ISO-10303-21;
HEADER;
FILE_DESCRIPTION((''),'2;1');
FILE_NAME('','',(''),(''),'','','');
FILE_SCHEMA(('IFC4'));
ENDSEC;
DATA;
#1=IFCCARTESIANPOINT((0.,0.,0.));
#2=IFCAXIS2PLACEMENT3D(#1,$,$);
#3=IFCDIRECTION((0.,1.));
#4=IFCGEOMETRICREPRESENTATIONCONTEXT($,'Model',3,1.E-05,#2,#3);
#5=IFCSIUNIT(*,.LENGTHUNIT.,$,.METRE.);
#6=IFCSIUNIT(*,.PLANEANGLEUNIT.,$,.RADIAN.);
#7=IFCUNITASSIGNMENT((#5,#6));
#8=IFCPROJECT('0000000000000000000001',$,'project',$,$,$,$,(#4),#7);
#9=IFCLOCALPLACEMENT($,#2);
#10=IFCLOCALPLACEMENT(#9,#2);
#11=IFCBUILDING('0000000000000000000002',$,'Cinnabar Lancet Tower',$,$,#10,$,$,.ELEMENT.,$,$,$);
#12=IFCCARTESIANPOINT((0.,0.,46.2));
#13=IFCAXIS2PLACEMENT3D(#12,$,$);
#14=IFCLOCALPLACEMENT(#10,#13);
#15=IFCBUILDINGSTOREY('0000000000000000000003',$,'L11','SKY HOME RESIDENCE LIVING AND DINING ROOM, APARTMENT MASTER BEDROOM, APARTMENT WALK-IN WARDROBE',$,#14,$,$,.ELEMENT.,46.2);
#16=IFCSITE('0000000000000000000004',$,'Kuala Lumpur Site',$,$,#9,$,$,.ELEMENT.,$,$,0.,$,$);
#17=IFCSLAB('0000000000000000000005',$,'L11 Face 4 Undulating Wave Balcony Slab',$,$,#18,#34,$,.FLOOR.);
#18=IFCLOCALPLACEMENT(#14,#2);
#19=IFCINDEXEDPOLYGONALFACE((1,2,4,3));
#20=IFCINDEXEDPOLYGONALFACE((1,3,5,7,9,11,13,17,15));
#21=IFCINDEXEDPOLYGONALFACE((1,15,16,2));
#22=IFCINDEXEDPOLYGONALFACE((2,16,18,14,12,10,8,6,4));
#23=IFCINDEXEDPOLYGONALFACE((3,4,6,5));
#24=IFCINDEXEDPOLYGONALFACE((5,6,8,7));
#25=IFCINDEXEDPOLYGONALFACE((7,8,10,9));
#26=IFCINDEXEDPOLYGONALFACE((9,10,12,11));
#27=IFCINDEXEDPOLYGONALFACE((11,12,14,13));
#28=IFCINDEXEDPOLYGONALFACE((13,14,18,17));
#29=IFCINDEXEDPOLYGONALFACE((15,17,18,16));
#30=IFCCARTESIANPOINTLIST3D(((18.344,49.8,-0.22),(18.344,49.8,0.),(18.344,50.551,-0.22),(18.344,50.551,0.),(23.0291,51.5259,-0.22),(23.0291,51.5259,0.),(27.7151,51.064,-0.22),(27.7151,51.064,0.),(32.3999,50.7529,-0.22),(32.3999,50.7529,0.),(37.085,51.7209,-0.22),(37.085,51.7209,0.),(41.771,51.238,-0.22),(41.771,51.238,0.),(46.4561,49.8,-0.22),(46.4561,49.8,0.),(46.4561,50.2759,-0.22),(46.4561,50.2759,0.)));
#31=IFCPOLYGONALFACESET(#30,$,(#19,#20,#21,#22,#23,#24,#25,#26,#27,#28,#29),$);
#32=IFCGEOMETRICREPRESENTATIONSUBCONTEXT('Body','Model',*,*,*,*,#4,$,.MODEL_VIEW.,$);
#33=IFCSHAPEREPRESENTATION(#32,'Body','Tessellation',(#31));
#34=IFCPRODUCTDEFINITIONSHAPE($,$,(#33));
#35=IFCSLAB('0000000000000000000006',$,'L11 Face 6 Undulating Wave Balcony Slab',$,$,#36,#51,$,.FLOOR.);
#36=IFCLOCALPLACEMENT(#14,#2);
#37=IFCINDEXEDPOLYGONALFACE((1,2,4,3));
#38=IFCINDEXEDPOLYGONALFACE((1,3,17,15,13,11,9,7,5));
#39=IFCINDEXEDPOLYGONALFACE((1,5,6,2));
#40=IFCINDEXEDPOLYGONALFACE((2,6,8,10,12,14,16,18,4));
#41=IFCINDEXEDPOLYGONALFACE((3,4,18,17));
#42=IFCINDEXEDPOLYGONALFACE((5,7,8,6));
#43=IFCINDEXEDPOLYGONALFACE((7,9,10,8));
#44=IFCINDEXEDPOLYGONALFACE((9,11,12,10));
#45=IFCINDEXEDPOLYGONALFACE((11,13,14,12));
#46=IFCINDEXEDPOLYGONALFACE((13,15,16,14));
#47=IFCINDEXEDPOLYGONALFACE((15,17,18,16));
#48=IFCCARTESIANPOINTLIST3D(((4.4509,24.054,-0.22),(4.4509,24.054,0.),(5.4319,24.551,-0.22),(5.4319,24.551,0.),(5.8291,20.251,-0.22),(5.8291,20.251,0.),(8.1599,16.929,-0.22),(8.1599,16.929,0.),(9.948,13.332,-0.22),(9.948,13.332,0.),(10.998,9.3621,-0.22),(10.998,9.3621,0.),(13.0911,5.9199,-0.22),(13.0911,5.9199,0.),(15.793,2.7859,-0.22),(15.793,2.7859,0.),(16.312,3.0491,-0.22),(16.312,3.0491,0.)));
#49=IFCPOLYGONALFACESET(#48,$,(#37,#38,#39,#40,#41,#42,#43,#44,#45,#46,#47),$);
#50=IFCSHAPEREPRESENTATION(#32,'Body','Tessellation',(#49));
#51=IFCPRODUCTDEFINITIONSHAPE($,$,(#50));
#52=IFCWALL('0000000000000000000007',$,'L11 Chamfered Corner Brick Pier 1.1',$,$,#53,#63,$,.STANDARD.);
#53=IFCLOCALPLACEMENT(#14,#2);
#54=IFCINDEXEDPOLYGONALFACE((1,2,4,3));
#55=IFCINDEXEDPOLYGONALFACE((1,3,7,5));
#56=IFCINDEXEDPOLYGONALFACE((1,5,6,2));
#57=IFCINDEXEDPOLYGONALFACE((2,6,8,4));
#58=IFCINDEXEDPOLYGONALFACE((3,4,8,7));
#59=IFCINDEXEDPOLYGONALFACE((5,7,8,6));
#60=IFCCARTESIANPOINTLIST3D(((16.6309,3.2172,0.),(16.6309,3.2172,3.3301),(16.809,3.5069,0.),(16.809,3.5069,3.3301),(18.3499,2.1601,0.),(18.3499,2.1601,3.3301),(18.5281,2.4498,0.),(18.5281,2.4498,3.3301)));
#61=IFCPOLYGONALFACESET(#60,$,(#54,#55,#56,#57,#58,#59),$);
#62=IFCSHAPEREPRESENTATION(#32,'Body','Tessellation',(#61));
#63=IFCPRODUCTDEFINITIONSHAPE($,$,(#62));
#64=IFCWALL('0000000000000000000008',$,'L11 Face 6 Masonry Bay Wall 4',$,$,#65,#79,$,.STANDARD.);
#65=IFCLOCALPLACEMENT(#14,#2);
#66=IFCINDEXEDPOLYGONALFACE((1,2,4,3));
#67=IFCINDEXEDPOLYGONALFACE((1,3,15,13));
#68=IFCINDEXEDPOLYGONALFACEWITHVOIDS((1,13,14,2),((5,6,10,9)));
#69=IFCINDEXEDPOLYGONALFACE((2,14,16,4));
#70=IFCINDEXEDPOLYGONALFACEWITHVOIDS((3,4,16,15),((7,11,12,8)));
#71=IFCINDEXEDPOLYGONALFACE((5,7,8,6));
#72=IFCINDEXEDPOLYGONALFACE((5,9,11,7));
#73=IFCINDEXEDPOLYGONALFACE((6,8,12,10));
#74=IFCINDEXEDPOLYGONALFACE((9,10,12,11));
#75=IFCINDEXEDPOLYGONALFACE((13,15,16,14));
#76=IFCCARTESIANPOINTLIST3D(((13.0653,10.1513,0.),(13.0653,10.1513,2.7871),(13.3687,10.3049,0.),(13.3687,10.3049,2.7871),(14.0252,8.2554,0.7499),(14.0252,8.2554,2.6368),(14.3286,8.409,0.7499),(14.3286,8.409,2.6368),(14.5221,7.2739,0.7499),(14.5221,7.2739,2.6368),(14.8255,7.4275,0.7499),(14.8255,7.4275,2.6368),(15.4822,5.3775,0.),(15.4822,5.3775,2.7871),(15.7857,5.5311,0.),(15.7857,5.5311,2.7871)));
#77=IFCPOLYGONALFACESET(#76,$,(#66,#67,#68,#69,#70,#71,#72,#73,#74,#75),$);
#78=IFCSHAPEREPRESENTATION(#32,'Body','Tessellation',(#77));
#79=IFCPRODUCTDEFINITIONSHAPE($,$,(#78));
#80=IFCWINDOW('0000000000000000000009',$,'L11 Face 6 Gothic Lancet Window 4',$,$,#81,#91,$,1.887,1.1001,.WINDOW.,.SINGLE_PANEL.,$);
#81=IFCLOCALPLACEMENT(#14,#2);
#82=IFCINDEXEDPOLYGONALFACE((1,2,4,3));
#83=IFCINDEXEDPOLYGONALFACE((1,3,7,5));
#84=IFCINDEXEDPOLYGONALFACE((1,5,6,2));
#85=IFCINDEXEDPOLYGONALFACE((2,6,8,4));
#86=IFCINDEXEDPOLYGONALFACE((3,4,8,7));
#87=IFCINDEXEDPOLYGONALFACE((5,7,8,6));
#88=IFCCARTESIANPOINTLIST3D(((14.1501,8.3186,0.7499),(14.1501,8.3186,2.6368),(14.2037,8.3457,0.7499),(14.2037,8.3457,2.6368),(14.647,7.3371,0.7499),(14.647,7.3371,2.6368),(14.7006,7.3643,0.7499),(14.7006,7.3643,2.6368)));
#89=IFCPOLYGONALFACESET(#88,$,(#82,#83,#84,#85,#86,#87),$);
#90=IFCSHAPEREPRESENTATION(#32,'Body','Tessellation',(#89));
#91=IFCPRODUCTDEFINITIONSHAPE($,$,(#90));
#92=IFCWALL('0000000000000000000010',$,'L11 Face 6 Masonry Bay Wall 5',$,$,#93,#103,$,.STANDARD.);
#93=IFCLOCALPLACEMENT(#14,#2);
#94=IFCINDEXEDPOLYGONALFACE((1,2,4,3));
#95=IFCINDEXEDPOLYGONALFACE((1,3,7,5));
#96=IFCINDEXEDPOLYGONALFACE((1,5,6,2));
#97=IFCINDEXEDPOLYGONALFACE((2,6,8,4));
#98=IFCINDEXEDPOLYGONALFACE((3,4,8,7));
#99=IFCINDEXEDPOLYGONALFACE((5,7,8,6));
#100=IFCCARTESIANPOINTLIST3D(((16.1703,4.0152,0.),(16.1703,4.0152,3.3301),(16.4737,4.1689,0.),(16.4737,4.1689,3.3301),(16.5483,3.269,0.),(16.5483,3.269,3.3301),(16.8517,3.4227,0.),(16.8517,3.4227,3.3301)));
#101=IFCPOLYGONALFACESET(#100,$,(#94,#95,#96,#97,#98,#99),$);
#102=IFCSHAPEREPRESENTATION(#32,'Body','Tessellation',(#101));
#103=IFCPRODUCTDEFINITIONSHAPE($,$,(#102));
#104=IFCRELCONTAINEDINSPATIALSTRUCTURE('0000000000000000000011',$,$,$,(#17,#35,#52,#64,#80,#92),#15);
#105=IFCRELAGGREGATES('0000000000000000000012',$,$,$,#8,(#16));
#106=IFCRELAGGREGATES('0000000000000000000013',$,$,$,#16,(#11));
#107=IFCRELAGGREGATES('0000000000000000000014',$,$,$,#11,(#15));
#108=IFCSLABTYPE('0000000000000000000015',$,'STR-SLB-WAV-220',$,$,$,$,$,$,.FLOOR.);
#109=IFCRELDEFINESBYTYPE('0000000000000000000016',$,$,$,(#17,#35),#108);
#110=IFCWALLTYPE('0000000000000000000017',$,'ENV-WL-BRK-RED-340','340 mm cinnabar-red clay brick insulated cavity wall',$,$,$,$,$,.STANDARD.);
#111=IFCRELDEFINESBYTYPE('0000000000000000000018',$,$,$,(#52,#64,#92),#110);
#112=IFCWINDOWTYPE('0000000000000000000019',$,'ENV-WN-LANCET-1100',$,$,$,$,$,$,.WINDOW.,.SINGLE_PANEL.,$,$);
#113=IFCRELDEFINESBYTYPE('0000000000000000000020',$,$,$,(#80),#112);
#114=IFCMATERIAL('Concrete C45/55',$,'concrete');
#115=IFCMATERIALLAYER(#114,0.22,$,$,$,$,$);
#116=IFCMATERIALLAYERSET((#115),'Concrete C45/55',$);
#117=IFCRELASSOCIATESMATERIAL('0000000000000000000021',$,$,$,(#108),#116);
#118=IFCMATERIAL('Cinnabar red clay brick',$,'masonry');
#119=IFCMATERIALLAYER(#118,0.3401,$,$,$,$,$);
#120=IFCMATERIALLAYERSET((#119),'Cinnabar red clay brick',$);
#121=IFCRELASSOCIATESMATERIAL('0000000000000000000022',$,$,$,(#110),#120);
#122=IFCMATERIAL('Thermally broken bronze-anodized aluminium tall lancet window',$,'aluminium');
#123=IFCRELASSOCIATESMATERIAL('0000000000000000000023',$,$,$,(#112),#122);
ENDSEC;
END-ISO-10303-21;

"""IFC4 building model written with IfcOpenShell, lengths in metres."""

from ifc_helpers import new_model, si_unit, direction, frame, frame_2d, origin, place, context, subcontext, project, spatial, polyline, rectangle, outline, extrude, material, layer, layer_set, type_object, element, fill, save


model = new_model("IFC4")

# Units and contexts
model_context = context("Model", 3, precision=1e-05, world=origin(), true_north=direction((0.0, 1.0)))
body_context = subcontext(model_context, "Body", "Model", "MODEL_VIEW")
ifc_project = project(units=[si_unit("LENGTHUNIT", "METRE"), si_unit("PLANEANGLEUNIT", "RADIAN")], contexts=[model_context])

# Site, building, storey
site_placement = place(None, origin())
site = spatial("IfcSite", under=ifc_project, at=site_placement, Name="Kuala Lumpur Site", CompositionType="ELEMENT", RefElevation=0.0)
building_placement = place(site_placement, origin())
building = spatial("IfcBuilding", under=site, at=building_placement, Name="Cinnabar Lancet Tower", CompositionType="ELEMENT")
storey_placement = place(building_placement, frame((0.0, 0.0, 46.2)))
storey = spatial("IfcBuildingStorey", under=building, at=storey_placement, Name="L11", Description="SKY HOME RESIDENCE LIVING AND DINING ROOM, APARTMENT MASTER BEDROOM, APARTMENT WALK-IN WARDROBE", CompositionType="ELEMENT", Elevation=46.2)

# Slabs
ifc_material_1 = material(Name="Concrete C45/55", Category="concrete")
ifc_layer_1 = layer(ifc_material_1, 0.22)
ifc_layer_set_1 = layer_set([ifc_layer_1], Name="Concrete C45/55")
slab_type_1 = type_object("IfcSlabType", Name="STR-SLB-WAV-220", PredefinedType="FLOOR", material=ifc_layer_set_1)
slab_1_placement = place(storey_placement, frame((0.0, 0.0, -0.22)))
element("IfcSlab", 1, at=slab_1_placement, inside=storey, type_object=slab_type_1, Name="L11 Face 4 Undulating Wave Balcony Slab", PredefinedType="FLOOR", context=body_context, shape_type="SweptSolid", body=[
    extrude(outline(polyline([(46.4561, 49.8), (46.4561, 50.2759), (41.771, 51.238), (37.085, 51.7209), (32.3999, 50.7529), (27.7151, 51.064), (23.0291, 51.5259), (18.344, 50.551), (18.344, 49.8), (46.4561, 49.8)])), origin(), (0.0, 0.0, 1.0), 0.22),
])
slab_2_placement = place(storey_placement, frame((0.0, 0.0, -0.22)))
element("IfcSlab", 2, at=slab_2_placement, inside=storey, type_object=slab_type_1, Name="L11 Face 6 Undulating Wave Balcony Slab", PredefinedType="FLOOR", context=body_context, shape_type="SweptSolid", body=[
    extrude(outline(polyline([(5.4319, 24.551), (4.4509, 24.054), (5.8291, 20.251), (8.1599, 16.929), (9.948, 13.332), (10.998, 9.3621), (13.0911, 5.9199), (15.793, 2.7859), (16.312, 3.0491), (5.4319, 24.551)])), origin(), (0.0, 0.0, 1.0), 0.22),
])

# Wall
ifc_material_2 = material(Name="Cinnabar red clay brick", Category="masonry")
ifc_layer_2 = layer(ifc_material_2, 0.3401)
ifc_layer_set_2 = layer_set([ifc_layer_2], Name="Cinnabar red clay brick")
wall_type = type_object("IfcWallType", Name="ENV-WL-BRK-RED-340", Description="340 mm cinnabar-red clay brick insulated cavity wall", PredefinedType="STANDARD", material=ifc_layer_set_2)
wall_1_placement = place(storey_placement, frame((16.72, 3.3621, 0.0), z_axis=(0.0, 0.0, 1.0), x_axis=(0.851816, -0.523841, 0.0)))
element("IfcWall", 3, at=wall_1_placement, inside=storey, type_object=wall_type, Name="L11 Chamfered Corner Brick Pier 1.1", PredefinedType="STANDARD", context=body_context, shape_type="SweptSolid", body=[
    extrude(rectangle(XDim=2.0181, YDim=0.3401, at=frame_2d((1.009, 0.0))), origin(), (0.0, 0.0, 1.0), 3.3301),
])

# Wall, opening, window
wall_2_placement = place(storey_placement, frame((13.217, 10.228, 0.0), z_axis=(0.0, 0.0, 1.0), x_axis=(0.451698, -0.892171, 0.0)))
wall_2 = element("IfcWall", 4, at=wall_2_placement, inside=storey, type_object=wall_type, Name="L11 Face 6 Masonry Bay Wall 4", PredefinedType="STANDARD", context=body_context, shape_type="SweptSolid", body=[
    extrude(rectangle(XDim=5.3508, YDim=0.3401, at=frame_2d((2.6753, 0.0))), origin(), (0.0, 0.0, 1.0), 2.7871),
])
opening_placement = place(wall_2_placement, frame((2.125, 0.0, 0.75)))
opening = element("IfcOpeningElement", 5, at=opening_placement, cuts=wall_2, PredefinedType="OPENING", context=body_context, shape_type="SweptSolid", body=[
    extrude(rectangle(XDim=1.1001, YDim=1.887, at=frame_2d((0.55, 0.9434))), frame((0.0, 0.1799, 0.0), z_axis=(0.0, -1.0, 0.0), x_axis=(1.0, 0.0, 0.0)), (0.0, 0.0, 1.0), 0.3601),
])
ifc_material_3 = material(Name="Thermally broken bronze-anodized aluminium tall lancet window", Category="aluminium")
window_type = type_object("IfcWindowType", Name="ENV-WN-LANCET-1100", PartitioningType="SINGLE_PANEL", PredefinedType="WINDOW", material=ifc_material_3)
window_placement = place(opening_placement, origin())
window = element("IfcWindow", 6, at=window_placement, inside=storey, type_object=window_type, Name="L11 Face 6 Gothic Lancet Window 4", OverallHeight=1.887, OverallWidth=1.1001, PartitioningType="SINGLE_PANEL", PredefinedType="WINDOW", context=body_context, shape_type="SweptSolid", body=[
    extrude(rectangle(XDim=1.1001, YDim=1.887, at=frame_2d((0.55, 0.9434))), frame((0.0, 0.03, 0.0), z_axis=(0.0, -1.0, 0.0), x_axis=(1.0, 0.0, 0.0)), (0.0, 0.0, 1.0), 0.0601),
])
fill(opening, window)

# Wall
wall_3_placement = place(storey_placement, frame((16.322, 4.092, 0.0), z_axis=(0.0, 0.0, 1.0), x_axis=(0.451878, -0.89208, 0.0)))
element("IfcWall", 7, at=wall_3_placement, inside=storey, type_object=wall_type, Name="L11 Face 6 Masonry Bay Wall 5", PredefinedType="STANDARD", context=body_context, shape_type="SweptSolid", body=[
    extrude(rectangle(XDim=0.8364, YDim=0.3401, at=frame_2d((0.4182, 0.0))), origin(), (0.0, 0.0, 1.0), 3.3301),
])

save(model, "model.ifc")
